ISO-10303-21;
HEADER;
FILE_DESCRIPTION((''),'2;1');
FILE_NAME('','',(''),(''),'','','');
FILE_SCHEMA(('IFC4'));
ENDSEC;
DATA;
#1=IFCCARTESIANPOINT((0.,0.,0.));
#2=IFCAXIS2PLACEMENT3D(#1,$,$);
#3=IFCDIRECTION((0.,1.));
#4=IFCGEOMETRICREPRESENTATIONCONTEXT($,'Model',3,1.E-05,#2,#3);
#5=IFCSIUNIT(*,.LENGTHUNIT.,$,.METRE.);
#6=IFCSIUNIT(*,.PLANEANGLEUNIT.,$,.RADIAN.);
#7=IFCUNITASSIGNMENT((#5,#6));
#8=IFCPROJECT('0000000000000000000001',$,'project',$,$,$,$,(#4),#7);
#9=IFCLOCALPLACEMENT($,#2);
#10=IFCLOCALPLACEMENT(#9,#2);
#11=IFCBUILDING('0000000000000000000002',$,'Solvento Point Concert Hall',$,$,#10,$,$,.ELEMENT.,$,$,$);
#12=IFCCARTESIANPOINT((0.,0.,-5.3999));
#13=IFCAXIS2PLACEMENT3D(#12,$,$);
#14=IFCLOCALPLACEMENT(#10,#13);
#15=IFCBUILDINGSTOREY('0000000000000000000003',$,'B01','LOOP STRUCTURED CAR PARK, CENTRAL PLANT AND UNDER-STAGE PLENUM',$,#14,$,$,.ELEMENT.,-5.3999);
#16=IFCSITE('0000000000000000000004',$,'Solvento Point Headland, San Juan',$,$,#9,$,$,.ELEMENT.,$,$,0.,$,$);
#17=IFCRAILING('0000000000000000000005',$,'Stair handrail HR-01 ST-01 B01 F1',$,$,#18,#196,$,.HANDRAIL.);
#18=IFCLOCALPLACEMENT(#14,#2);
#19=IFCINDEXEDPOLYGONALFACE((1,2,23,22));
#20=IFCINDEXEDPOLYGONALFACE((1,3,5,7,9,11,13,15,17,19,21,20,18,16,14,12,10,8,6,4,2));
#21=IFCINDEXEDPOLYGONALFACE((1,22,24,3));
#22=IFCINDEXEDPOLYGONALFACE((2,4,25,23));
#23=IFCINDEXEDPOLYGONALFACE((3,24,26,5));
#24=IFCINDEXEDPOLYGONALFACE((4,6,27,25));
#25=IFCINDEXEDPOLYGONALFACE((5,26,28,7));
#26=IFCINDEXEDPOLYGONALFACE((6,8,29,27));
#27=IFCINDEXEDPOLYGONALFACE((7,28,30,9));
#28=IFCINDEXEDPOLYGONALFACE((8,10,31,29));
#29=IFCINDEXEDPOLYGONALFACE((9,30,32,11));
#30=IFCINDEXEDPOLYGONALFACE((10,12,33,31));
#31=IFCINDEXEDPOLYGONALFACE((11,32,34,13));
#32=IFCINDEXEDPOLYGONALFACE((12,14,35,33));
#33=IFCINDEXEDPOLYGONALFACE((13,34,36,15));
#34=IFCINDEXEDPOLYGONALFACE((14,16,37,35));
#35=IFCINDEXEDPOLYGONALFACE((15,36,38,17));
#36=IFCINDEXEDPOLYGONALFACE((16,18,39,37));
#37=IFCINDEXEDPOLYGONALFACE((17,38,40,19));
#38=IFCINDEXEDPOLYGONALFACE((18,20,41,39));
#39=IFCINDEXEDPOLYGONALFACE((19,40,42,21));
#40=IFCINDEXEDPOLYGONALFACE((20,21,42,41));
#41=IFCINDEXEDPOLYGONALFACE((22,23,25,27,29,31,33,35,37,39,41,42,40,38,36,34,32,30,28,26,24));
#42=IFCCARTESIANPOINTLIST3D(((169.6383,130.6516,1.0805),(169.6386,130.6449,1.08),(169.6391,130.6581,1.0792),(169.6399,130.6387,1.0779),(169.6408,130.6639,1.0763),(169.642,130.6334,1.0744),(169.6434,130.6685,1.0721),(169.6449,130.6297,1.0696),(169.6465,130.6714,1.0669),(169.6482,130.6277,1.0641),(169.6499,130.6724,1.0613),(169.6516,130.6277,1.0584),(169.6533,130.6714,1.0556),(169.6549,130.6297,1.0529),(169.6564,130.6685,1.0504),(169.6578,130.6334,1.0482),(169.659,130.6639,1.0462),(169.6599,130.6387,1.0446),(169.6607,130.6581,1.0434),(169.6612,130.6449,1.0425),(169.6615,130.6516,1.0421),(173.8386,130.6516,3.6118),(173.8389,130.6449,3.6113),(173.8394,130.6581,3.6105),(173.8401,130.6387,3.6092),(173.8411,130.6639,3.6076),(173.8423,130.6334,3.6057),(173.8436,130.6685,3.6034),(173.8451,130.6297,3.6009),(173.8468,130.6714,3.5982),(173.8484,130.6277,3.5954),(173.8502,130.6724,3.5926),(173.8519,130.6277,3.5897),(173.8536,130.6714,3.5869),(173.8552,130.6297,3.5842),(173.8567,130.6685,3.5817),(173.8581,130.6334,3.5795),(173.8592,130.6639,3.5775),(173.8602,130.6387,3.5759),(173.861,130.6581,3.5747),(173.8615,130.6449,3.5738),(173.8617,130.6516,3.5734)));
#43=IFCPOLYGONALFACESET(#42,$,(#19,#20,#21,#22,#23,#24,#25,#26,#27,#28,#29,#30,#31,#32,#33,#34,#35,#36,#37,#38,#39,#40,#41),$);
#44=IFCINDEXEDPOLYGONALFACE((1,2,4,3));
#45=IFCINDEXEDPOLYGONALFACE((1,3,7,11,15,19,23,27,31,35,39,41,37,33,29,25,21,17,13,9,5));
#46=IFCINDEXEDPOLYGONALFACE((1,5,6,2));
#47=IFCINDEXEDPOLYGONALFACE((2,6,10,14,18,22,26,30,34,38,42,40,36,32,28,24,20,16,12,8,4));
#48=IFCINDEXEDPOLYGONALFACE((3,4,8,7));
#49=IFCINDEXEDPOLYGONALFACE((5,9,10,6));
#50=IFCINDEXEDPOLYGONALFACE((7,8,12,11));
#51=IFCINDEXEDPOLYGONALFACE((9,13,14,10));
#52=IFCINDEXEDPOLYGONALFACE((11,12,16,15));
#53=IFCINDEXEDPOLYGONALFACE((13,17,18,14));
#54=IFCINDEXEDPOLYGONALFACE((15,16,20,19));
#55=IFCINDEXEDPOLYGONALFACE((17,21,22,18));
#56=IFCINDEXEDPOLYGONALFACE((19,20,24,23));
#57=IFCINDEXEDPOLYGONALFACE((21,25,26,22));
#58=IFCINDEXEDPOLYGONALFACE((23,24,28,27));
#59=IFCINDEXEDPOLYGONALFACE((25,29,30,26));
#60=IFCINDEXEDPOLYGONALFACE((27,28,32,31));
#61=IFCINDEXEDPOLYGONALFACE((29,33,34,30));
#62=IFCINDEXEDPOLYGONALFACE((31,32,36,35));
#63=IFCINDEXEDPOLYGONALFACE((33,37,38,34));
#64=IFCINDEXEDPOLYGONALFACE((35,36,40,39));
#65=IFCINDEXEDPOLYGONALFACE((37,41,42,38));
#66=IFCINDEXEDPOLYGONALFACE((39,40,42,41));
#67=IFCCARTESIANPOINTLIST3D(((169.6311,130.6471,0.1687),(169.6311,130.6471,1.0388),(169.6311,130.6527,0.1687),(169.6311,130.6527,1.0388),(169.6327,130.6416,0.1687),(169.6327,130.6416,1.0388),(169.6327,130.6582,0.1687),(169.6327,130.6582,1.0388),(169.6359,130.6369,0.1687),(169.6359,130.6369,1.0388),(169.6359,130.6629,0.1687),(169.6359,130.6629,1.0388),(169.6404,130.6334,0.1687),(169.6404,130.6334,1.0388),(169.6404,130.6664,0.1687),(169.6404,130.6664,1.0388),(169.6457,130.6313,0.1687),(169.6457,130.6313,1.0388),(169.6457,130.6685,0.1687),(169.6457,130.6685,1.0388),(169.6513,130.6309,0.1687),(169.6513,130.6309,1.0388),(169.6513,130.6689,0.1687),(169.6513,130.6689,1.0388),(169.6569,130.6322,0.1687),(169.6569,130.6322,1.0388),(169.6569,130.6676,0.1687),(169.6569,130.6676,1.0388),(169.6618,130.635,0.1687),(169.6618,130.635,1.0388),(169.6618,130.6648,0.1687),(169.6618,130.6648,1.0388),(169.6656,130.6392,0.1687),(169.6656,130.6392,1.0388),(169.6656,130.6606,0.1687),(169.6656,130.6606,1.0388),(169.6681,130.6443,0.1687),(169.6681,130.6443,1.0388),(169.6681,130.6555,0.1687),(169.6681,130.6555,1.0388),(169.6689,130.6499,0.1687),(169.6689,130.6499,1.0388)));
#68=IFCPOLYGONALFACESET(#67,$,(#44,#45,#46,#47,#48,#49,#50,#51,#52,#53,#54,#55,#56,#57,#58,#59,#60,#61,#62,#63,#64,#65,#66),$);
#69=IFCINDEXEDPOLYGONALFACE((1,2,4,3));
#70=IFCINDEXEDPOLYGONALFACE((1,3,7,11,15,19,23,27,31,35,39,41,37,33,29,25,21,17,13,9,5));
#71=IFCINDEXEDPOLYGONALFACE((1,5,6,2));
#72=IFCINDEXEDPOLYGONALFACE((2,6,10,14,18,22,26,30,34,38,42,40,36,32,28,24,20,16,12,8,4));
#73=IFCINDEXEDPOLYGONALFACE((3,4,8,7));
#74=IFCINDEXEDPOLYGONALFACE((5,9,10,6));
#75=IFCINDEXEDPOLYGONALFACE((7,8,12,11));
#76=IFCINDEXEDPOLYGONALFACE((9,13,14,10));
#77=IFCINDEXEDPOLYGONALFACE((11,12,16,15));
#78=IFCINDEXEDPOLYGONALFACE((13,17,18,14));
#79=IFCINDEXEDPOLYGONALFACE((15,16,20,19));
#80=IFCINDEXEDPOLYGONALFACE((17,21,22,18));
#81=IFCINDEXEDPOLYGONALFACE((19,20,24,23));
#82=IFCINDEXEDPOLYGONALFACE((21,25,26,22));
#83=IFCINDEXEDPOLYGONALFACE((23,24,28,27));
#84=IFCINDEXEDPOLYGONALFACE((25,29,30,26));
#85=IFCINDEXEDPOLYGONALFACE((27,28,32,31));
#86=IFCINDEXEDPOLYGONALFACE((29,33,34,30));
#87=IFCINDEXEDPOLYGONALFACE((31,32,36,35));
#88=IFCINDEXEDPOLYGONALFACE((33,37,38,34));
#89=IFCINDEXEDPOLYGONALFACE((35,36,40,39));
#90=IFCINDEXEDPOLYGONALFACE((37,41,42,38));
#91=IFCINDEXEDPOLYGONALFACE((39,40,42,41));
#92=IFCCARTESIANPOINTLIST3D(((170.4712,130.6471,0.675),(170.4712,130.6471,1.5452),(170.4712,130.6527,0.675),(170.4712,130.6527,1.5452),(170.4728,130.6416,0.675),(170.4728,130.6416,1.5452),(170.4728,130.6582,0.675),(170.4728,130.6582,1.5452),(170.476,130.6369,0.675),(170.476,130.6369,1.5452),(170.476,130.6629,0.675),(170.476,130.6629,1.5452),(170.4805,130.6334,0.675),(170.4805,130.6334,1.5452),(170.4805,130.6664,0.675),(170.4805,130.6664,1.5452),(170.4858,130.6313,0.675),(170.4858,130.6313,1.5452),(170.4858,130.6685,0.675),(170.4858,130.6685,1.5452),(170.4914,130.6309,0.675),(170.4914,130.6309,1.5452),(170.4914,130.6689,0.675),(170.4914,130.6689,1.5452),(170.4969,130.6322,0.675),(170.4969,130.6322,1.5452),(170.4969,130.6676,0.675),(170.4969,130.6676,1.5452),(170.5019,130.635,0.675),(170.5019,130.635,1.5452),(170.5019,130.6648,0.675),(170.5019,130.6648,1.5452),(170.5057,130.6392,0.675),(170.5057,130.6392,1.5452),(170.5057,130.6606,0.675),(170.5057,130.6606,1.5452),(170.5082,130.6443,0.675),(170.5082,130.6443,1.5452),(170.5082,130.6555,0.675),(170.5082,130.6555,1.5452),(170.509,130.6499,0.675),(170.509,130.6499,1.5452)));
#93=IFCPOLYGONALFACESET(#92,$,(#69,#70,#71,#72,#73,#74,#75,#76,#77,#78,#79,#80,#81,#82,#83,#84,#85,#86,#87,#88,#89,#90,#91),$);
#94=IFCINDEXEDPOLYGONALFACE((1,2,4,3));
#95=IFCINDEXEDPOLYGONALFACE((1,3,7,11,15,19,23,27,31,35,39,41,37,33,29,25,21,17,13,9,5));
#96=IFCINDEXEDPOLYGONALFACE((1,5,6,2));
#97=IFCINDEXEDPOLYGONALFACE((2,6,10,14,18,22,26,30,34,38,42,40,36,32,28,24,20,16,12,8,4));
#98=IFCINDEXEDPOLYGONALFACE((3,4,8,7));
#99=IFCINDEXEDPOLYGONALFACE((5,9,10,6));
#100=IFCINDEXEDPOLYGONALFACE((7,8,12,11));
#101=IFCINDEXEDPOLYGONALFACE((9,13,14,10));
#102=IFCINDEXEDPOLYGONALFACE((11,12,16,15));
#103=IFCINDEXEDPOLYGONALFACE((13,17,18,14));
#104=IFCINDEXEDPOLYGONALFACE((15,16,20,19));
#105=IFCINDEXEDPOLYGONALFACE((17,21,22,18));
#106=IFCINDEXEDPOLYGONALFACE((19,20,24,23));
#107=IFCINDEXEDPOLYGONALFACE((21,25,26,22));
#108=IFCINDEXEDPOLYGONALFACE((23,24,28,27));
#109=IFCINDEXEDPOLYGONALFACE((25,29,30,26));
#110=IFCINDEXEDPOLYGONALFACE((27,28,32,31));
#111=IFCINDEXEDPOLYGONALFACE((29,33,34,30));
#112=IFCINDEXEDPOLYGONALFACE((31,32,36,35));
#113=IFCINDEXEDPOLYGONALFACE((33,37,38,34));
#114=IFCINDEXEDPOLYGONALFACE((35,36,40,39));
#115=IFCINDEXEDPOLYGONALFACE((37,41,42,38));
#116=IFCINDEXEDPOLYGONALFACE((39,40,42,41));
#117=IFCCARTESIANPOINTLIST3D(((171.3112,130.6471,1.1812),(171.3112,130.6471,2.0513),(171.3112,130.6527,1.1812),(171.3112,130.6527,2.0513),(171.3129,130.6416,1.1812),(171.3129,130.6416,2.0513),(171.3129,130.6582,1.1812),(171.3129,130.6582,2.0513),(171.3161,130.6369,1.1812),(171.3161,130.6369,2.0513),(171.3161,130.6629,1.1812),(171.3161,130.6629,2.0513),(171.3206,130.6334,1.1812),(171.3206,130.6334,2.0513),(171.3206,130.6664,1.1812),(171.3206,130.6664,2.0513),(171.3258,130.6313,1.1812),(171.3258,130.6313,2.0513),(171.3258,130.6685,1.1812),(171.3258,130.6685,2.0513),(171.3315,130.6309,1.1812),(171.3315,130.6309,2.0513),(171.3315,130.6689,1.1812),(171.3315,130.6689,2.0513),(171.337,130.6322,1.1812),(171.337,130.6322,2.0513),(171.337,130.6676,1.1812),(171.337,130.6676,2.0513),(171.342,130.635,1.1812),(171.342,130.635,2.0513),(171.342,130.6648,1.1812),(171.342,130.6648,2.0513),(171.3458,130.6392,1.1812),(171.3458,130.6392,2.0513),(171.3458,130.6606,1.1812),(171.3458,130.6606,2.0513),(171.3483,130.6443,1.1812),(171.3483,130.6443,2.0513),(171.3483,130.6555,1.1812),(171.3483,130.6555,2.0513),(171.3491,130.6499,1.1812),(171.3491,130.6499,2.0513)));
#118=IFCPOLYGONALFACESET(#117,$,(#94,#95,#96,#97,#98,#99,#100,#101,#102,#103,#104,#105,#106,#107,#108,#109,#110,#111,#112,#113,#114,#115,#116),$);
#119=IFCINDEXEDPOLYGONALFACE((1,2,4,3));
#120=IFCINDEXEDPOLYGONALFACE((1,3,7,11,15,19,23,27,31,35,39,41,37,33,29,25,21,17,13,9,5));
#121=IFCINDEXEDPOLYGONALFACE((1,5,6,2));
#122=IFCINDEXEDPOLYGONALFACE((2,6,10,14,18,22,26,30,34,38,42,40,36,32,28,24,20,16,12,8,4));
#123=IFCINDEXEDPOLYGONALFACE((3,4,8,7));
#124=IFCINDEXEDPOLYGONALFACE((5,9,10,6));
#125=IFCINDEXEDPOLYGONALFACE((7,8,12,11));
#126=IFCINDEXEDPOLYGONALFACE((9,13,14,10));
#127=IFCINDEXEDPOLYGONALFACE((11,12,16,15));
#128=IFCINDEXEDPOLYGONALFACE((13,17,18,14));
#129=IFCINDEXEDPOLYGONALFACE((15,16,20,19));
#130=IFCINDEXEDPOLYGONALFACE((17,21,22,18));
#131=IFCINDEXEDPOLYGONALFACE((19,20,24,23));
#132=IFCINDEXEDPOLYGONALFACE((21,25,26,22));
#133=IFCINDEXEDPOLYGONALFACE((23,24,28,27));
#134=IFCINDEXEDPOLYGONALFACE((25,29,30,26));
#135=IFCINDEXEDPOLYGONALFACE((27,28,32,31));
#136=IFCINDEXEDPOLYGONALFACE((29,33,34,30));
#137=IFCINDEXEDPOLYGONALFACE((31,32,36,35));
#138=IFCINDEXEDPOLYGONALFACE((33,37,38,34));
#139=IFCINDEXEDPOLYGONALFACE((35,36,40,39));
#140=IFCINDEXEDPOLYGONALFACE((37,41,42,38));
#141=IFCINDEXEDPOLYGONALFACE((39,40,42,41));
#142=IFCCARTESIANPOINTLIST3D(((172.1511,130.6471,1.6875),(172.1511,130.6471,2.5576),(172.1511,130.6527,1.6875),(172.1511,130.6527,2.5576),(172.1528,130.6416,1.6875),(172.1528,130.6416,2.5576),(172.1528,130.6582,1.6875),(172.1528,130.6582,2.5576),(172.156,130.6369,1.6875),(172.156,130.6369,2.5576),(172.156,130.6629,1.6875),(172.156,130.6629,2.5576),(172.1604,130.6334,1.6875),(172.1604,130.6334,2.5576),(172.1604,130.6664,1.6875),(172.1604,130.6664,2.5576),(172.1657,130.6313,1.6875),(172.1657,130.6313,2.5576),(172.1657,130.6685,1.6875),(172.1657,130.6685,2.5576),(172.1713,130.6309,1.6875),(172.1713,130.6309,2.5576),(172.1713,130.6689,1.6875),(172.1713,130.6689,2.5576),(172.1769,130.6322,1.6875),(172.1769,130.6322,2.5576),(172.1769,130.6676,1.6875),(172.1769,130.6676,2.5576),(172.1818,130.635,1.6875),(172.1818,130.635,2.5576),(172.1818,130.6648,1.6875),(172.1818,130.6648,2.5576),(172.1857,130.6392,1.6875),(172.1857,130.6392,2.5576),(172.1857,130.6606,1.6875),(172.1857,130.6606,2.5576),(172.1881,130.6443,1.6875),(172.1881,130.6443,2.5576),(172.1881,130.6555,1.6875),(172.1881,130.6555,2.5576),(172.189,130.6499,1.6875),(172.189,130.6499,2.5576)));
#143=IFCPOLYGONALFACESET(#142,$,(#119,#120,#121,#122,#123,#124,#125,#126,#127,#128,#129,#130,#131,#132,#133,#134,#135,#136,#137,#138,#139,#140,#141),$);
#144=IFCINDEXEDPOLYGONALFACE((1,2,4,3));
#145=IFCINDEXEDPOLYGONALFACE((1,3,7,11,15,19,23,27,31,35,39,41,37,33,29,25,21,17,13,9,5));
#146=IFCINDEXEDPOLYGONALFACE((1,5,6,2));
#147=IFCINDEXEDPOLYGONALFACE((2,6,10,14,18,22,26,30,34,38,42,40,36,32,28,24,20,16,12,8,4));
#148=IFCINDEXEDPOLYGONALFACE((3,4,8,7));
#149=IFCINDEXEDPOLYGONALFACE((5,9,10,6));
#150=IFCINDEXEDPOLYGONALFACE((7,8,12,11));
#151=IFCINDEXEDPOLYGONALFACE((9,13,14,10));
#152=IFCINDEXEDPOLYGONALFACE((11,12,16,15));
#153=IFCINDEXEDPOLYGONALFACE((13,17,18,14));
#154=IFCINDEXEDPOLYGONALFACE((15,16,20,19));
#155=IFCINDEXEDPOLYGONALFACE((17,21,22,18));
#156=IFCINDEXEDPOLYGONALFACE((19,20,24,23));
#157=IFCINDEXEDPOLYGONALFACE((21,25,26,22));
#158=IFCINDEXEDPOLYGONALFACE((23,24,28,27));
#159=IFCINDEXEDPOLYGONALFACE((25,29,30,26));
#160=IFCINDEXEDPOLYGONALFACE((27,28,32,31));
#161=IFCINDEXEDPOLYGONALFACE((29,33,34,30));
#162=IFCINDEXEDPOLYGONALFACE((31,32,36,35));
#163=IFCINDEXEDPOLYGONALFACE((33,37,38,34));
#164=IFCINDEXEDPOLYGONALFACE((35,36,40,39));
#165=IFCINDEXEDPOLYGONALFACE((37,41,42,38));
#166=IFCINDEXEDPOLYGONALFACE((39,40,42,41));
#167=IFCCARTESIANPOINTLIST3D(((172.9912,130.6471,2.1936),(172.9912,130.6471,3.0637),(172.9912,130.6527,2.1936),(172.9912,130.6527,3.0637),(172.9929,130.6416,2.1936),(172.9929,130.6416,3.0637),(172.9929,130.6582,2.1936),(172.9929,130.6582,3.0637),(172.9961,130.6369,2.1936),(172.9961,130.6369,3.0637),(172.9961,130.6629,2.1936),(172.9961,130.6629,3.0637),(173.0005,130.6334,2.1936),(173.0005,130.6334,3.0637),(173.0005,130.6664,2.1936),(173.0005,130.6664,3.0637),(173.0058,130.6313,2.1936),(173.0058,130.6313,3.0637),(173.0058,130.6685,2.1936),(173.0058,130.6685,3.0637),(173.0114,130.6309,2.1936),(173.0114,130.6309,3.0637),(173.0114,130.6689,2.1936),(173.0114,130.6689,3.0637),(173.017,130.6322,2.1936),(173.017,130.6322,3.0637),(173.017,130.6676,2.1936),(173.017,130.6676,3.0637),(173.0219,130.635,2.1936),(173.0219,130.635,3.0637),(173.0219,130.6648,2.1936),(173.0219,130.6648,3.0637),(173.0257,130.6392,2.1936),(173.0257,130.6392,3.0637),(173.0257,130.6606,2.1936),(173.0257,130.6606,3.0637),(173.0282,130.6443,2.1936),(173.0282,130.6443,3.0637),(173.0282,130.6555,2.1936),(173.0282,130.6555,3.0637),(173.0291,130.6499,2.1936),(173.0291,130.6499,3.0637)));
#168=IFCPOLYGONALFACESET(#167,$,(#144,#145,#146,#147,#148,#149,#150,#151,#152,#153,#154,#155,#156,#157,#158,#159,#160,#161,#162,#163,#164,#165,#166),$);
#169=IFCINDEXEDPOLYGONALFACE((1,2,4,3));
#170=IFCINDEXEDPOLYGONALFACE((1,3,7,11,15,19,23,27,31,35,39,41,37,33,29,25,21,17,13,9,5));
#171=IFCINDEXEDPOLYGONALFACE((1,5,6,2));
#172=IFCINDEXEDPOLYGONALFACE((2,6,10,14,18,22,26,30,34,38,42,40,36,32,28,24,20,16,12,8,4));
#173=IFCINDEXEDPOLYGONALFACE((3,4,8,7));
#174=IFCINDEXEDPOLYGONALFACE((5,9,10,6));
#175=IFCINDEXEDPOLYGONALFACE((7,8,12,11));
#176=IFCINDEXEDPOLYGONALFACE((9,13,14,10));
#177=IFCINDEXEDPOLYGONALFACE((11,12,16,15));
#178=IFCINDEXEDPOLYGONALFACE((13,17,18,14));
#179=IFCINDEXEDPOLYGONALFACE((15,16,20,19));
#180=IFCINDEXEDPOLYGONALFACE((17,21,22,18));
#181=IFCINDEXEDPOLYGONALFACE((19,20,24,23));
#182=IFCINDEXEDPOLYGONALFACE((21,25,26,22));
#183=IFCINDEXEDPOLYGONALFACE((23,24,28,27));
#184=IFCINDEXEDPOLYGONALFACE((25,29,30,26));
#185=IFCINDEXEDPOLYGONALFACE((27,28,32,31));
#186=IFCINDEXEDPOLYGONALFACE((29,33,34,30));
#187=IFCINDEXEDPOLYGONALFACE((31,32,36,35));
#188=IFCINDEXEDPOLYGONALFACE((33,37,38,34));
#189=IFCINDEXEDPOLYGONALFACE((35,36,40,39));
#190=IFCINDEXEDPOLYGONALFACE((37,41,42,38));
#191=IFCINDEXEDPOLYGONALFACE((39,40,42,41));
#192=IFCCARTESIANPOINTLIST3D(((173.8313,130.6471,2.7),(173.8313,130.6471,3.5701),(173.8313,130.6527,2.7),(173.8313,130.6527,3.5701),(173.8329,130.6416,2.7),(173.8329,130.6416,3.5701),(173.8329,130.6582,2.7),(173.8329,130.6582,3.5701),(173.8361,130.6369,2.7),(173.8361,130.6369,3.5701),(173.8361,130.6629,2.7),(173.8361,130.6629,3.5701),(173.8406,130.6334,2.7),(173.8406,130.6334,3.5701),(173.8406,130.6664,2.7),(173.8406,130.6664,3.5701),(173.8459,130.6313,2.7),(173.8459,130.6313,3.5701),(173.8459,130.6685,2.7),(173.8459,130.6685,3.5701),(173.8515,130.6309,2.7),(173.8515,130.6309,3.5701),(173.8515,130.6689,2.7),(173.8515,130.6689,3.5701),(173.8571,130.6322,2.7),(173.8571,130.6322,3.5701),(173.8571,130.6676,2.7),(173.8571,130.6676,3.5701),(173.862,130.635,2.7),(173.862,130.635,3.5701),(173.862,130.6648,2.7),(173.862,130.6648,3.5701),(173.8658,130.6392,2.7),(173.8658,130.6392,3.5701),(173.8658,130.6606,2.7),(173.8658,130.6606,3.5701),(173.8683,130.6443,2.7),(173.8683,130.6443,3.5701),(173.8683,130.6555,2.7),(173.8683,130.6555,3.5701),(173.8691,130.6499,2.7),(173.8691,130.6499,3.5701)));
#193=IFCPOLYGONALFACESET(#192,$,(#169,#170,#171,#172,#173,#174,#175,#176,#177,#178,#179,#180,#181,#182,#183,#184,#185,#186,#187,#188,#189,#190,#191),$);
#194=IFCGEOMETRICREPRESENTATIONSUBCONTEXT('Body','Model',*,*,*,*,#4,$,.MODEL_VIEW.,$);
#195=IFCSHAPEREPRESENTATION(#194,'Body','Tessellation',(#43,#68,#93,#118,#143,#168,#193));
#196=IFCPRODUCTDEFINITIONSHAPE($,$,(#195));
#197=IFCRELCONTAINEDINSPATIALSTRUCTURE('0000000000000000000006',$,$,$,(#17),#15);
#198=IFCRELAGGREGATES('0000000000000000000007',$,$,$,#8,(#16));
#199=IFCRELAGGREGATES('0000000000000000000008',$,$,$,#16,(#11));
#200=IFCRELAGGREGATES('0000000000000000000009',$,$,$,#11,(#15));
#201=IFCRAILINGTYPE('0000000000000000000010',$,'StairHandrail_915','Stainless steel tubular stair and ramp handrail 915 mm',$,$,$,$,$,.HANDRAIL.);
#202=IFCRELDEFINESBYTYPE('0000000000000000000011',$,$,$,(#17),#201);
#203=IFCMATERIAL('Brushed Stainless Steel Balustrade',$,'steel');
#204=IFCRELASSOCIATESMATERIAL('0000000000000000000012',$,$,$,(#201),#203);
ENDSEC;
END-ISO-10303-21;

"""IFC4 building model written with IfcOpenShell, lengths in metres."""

from ifc_helpers import new_model, si_unit, direction, frame, origin, origin_2d, place, context, subcontext, project, spatial, circle, extrude, material, type_object, element, save


model = new_model("IFC4")

# Units and contexts
model_context = context("Model", 3, precision=1e-05, world=origin(), true_north=direction((0.0, 1.0)))
body_context = subcontext(model_context, "Body", "Model", "MODEL_VIEW")
ifc_project = project(units=[si_unit("LENGTHUNIT", "METRE"), si_unit("PLANEANGLEUNIT", "RADIAN")], contexts=[model_context])

# Site, building, storey
site_placement = place(None, origin())
site = spatial("IfcSite", under=ifc_project, at=site_placement, Name="Solvento Point Headland, San Juan", CompositionType="ELEMENT", RefElevation=0.0)
building_placement = place(site_placement, origin())
building = spatial("IfcBuilding", under=site, at=building_placement, Name="Solvento Point Concert Hall", CompositionType="ELEMENT")
storey_placement = place(building_placement, frame((0.0, 0.0, -5.3999)))
storey = spatial("IfcBuildingStorey", under=building, at=storey_placement, Name="B01", Description="LOOP STRUCTURED CAR PARK, CENTRAL PLANT AND UNDER-STAGE PLENUM", CompositionType="ELEMENT", Elevation=-5.3999)

# Railing
ifc_material_1 = material(Name="Brushed Stainless Steel Balustrade", Category="steel")
railing_type_1 = type_object("IfcRailingType", Name="StairHandrail_915", Description="Stainless steel tubular stair and ramp handrail 915 mm", PredefinedType="HANDRAIL", material=ifc_material_1)
railing_1_placement = place(storey_placement, frame((169.6499, 130.6499, 0.1687)))
element("IfcRailing", 1, at=railing_1_placement, inside=storey, type_object=railing_type_1, Name="Stair handrail HR-01 ST-01 B01 F1", PredefinedType="HANDRAIL", context=body_context, shape_type="SweptSolid", body=[
    extrude(circle(Radius=0.0225, at=origin_2d()), frame((0.0, 0.0, 0.8926), z_axis=(0.85649, 0.0, 0.516164), x_axis=(0.0, 1.0, 0.0)), (0.0, 0.0, 1.0), 4.9041),
    extrude(circle(Radius=0.019, at=origin_2d()), origin(), (0.0, 0.0, 1.0), 0.8701),
    extrude(circle(Radius=0.019, at=origin_2d()), frame((0.8401, 0.0, 0.5063)), (0.0, 0.0, 1.0), 0.8701),
    extrude(circle(Radius=0.019, at=origin_2d()), frame((1.6802, 0.0, 1.0125)), (0.0, 0.0, 1.0), 0.8701),
    extrude(circle(Radius=0.019, at=origin_2d()), frame((2.52, 0.0, 1.5188)), (0.0, 0.0, 1.0), 0.8701),
    extrude(circle(Radius=0.019, at=origin_2d()), frame((3.3601, 0.0, 2.0249)), (0.0, 0.0, 1.0), 0.8701),
    extrude(circle(Radius=0.019, at=origin_2d()), frame((4.2002, 0.0, 2.5312)), (0.0, 0.0, 1.0), 0.8701),
])

save(model, "model.ifc")
